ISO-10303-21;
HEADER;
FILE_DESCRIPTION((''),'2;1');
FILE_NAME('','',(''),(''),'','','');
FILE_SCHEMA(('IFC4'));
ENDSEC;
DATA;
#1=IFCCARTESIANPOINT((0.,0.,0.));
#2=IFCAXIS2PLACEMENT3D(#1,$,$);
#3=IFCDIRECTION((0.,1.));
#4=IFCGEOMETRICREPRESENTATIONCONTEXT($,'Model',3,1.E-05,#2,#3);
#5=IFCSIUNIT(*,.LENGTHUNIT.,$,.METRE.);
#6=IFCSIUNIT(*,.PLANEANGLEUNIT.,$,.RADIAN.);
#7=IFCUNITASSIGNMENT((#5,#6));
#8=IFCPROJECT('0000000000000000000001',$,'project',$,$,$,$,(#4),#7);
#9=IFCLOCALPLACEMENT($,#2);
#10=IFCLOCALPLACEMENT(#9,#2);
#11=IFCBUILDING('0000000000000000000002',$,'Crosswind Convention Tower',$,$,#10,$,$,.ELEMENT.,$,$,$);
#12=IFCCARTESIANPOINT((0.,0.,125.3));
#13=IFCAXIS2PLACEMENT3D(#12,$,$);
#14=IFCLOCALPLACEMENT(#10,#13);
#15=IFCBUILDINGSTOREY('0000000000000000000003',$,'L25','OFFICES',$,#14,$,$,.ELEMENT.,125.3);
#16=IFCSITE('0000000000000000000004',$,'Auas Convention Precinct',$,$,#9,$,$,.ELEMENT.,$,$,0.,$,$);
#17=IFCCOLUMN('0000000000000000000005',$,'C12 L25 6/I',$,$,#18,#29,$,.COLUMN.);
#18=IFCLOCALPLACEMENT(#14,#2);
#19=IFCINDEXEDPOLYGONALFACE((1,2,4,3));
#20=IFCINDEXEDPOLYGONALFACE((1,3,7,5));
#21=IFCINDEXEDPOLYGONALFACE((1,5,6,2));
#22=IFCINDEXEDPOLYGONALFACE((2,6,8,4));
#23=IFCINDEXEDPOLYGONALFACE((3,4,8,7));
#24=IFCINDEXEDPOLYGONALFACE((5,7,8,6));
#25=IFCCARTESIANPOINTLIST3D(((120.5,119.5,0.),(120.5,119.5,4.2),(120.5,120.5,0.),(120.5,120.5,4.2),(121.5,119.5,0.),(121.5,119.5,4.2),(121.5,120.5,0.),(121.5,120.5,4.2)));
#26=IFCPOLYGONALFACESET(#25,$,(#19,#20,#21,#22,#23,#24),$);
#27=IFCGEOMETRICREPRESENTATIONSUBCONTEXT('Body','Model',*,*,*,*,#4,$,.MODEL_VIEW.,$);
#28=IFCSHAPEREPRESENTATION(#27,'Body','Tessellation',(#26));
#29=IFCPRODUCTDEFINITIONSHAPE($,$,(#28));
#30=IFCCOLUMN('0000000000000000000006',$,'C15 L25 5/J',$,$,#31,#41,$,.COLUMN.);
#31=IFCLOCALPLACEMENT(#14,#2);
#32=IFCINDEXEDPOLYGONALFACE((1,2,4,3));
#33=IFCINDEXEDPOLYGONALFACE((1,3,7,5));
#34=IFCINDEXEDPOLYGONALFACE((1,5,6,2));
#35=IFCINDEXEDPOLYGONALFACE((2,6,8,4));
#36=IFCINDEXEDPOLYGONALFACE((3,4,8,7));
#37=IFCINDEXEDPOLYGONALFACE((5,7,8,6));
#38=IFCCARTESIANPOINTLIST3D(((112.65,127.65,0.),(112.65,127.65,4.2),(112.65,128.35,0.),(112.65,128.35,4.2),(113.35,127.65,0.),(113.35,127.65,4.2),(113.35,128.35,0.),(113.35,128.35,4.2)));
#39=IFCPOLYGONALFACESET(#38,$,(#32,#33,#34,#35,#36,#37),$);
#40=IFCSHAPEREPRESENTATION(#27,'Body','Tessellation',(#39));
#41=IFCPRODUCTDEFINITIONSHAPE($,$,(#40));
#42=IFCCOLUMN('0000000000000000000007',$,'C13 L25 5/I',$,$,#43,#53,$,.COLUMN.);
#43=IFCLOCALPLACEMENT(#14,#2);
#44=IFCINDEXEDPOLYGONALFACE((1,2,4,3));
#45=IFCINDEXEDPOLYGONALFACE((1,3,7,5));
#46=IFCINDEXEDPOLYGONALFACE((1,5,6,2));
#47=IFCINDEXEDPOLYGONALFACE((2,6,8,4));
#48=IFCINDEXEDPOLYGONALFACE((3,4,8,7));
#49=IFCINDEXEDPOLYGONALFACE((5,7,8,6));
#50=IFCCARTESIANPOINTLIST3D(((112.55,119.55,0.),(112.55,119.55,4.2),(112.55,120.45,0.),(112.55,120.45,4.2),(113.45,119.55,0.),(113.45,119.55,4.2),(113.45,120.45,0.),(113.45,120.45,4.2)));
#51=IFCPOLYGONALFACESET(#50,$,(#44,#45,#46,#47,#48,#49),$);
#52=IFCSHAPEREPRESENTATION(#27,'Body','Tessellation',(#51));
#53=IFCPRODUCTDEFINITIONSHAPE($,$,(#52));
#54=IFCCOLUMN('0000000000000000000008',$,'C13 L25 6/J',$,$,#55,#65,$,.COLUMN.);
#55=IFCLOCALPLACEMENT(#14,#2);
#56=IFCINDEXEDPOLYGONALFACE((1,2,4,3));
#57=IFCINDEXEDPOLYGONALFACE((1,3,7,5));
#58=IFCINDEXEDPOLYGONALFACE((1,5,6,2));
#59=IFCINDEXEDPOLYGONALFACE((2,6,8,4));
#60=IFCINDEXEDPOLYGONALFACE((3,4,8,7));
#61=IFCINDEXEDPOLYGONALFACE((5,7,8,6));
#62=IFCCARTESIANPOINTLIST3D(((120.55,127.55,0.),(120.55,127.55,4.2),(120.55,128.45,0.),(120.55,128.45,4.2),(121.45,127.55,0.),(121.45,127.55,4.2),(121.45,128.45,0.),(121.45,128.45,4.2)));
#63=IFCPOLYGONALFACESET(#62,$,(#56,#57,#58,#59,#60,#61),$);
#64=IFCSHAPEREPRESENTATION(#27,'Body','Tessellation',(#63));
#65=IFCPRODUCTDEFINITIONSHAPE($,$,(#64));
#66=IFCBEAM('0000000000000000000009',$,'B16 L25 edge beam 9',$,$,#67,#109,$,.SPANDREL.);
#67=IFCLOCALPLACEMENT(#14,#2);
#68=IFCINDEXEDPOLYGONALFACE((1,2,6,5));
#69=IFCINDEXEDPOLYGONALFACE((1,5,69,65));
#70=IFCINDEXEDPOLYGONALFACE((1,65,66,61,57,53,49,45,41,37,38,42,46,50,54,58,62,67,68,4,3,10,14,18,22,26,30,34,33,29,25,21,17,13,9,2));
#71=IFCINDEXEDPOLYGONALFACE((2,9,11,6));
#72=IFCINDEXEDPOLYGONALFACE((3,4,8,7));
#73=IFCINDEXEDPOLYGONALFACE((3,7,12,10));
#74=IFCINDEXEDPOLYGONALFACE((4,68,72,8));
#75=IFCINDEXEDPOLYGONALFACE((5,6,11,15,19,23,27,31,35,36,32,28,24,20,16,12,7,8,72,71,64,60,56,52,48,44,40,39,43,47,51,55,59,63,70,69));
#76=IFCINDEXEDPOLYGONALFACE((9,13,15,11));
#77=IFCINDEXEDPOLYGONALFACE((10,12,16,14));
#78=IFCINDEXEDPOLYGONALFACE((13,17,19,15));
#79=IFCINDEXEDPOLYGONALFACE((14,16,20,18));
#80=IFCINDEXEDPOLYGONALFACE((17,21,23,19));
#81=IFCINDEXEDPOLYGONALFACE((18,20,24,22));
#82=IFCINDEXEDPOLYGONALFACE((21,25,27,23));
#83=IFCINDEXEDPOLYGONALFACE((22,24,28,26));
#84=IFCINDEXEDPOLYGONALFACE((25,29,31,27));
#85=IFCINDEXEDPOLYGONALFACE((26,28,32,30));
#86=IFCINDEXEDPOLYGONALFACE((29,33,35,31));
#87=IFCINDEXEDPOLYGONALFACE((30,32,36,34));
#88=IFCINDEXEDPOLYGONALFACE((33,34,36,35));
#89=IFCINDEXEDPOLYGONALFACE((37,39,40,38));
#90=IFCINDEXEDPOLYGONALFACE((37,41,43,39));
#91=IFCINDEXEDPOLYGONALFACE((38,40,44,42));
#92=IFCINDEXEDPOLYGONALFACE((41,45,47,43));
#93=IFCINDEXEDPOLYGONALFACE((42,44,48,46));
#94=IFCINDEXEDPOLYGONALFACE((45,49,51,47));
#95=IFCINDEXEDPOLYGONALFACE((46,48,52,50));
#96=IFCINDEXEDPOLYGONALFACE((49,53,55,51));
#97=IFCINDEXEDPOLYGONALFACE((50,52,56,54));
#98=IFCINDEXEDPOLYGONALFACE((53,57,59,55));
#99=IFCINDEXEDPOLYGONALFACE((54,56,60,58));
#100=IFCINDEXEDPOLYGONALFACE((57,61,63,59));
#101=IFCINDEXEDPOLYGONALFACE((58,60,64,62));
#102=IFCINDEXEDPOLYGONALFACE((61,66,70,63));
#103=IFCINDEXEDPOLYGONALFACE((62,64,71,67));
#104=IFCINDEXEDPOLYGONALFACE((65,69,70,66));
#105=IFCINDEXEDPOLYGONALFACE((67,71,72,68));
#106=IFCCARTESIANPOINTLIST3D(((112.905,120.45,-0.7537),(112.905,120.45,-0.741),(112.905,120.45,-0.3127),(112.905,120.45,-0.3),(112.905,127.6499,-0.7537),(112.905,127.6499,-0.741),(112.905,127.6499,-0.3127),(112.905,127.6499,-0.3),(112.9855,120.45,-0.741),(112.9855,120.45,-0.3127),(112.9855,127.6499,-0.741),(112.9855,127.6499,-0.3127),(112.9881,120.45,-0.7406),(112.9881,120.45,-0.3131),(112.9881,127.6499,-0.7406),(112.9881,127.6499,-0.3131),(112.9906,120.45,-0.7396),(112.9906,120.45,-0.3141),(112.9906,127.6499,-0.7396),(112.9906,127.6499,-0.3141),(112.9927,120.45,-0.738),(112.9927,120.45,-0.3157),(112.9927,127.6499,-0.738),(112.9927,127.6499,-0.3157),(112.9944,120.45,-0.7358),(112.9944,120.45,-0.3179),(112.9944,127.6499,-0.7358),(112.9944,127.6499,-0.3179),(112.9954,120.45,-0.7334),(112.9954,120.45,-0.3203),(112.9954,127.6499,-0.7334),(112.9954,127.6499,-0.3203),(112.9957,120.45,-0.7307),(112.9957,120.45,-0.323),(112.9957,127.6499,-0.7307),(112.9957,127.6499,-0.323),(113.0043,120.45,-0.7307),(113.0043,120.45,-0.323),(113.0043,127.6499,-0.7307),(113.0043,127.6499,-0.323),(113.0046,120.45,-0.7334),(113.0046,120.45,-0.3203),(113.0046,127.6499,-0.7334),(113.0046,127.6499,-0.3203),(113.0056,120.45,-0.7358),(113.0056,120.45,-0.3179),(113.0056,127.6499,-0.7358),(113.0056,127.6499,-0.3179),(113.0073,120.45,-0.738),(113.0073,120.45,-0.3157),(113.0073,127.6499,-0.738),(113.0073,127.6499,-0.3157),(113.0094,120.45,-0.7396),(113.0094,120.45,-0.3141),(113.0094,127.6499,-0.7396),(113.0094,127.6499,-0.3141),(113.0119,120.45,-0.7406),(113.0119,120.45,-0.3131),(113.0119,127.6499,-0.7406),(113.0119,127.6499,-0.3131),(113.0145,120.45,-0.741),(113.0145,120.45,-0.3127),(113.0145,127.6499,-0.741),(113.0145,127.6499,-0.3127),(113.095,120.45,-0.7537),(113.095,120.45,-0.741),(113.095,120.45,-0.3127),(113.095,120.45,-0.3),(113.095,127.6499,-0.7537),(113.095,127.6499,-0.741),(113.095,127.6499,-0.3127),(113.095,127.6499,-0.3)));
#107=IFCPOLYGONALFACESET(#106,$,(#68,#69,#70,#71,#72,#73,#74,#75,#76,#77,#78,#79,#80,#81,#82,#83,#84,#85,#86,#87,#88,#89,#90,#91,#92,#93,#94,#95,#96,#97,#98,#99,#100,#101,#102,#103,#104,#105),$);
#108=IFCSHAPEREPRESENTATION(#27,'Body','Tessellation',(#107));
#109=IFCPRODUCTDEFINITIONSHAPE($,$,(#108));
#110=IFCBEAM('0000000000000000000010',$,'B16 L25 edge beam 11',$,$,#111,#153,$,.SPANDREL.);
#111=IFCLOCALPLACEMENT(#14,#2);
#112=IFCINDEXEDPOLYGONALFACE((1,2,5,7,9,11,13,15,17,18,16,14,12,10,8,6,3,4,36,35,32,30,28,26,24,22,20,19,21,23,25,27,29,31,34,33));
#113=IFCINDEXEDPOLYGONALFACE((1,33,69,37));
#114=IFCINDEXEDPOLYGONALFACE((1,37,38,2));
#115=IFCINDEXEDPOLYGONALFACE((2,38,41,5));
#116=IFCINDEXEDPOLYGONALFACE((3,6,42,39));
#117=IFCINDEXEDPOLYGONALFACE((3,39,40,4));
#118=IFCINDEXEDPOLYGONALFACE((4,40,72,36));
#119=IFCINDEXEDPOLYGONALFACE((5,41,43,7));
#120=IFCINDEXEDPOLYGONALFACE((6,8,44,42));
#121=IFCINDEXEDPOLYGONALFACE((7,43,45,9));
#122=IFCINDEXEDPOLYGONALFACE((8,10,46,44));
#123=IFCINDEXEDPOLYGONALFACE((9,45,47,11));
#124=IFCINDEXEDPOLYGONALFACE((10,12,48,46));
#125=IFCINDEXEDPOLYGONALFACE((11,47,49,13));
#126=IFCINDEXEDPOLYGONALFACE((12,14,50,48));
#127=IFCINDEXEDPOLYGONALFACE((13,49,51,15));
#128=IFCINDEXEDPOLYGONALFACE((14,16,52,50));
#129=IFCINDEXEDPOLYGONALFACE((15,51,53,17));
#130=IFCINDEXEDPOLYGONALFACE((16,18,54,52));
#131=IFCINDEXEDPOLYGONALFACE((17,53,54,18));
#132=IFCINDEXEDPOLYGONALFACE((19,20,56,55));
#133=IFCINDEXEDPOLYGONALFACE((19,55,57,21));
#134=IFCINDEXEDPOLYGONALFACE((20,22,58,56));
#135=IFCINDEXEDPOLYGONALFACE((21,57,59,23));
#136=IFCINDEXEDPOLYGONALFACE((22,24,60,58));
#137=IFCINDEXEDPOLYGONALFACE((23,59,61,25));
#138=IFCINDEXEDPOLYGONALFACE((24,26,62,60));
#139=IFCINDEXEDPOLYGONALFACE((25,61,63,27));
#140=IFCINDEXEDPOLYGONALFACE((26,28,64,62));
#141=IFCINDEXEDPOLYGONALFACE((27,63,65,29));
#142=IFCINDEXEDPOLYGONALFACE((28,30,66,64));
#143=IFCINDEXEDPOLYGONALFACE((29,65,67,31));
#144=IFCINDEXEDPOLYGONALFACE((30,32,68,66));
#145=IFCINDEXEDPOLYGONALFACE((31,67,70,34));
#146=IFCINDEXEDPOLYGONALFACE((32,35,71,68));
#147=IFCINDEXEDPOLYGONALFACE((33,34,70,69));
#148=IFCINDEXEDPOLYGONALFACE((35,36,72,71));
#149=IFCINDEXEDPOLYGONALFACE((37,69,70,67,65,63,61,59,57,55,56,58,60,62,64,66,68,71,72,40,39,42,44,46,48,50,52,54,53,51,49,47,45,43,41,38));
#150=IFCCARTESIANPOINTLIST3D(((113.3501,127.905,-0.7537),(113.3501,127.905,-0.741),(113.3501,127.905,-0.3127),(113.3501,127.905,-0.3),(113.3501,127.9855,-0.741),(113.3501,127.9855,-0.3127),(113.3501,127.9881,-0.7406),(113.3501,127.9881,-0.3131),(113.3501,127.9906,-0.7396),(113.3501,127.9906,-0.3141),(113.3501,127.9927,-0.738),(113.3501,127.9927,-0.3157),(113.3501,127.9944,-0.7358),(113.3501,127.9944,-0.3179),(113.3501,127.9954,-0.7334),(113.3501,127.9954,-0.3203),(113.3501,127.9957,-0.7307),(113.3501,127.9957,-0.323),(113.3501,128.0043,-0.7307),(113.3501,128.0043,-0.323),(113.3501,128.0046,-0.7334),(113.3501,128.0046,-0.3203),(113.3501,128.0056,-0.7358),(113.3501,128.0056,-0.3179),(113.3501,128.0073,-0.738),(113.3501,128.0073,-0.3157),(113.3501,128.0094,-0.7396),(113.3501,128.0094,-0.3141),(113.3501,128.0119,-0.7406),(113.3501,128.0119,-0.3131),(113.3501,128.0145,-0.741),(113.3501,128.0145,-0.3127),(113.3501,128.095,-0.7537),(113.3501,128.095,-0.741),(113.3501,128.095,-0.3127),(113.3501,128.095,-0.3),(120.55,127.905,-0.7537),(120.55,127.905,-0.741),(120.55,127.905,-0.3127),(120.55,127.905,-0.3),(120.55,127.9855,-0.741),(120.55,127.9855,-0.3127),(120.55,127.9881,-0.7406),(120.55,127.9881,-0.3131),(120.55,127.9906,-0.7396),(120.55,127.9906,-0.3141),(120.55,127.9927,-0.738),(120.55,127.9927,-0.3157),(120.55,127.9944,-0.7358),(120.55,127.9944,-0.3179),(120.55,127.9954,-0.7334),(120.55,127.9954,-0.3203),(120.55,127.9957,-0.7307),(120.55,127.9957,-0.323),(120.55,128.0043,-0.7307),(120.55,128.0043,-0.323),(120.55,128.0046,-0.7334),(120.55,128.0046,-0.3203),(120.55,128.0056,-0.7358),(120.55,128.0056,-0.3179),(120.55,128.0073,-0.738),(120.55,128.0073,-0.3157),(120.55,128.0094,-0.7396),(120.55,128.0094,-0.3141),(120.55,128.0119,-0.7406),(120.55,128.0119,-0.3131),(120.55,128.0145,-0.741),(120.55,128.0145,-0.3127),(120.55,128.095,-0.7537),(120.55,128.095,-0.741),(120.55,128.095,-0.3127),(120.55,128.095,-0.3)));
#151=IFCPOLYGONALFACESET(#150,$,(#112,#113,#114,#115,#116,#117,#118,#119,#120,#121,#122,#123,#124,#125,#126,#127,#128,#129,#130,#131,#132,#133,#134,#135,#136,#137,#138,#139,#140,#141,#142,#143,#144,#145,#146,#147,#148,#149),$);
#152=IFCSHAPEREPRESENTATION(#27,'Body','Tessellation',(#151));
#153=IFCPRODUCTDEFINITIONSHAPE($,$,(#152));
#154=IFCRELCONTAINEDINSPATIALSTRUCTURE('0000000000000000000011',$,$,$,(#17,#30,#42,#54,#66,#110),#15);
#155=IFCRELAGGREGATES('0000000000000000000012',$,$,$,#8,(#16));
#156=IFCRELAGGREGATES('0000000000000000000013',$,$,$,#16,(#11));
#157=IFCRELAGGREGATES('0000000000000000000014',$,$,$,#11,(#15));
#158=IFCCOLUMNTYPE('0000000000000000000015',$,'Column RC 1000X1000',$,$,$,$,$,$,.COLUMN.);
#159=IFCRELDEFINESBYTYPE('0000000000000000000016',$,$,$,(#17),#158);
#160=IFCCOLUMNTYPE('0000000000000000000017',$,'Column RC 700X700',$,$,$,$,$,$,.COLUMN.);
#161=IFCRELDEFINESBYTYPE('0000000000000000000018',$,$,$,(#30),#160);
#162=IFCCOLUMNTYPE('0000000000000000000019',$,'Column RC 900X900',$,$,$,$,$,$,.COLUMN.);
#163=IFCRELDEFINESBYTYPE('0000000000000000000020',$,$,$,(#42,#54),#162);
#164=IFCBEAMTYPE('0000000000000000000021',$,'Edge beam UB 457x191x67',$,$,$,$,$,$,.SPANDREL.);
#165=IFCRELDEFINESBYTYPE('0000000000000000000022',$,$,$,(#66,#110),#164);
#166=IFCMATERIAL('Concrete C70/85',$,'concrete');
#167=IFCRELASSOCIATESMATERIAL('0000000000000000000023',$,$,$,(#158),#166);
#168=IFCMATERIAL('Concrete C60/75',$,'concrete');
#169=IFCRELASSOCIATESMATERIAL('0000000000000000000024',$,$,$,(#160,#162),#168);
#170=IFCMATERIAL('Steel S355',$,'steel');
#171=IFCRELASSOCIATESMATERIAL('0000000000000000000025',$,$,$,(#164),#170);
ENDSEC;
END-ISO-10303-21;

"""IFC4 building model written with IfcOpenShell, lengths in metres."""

from ifc_helpers import new_model, si_unit, direction, frame, origin, origin_2d, place, context, subcontext, project, spatial, rectangle, i_section, extrude, material, material_profile, profile_set, type_object, element, save


model = new_model("IFC4")

# Units and contexts
model_context = context("Model", 3, precision=1e-05, world=origin(), true_north=direction((0.0, 1.0)))
body_context = subcontext(model_context, "Body", "Model", "MODEL_VIEW")
ifc_project = project(units=[si_unit("LENGTHUNIT", "METRE"), si_unit("PLANEANGLEUNIT", "RADIAN")], contexts=[model_context])

# Site, building, storey
site_placement = place(None, origin())
site = spatial("IfcSite", under=ifc_project, at=site_placement, Name="Auas Convention Precinct", CompositionType="ELEMENT", RefElevation=0.0)
building_placement = place(site_placement, origin())
building = spatial("IfcBuilding", under=site, at=building_placement, Name="Crosswind Convention Tower", CompositionType="ELEMENT")
storey_placement = place(building_placement, frame((0.0, 0.0, 125.3)))
storey = spatial("IfcBuildingStorey", under=building, at=storey_placement, Name="L25", Description="OFFICES", CompositionType="ELEMENT", Elevation=125.3)

# Columns
ifc_material_1 = material(Name="Concrete C70/85", Category="concrete")
ifc_material_profile_1 = material_profile(ifc_material_1, rectangle(XDim=1.0, YDim=1.0, at=origin_2d()), Name="RC 1000X1000")
ifc_profile_set_1 = profile_set([ifc_material_profile_1], Name="Concrete C70/85")
column_type_1 = type_object("IfcColumnType", Name="Column RC 1000X1000", PredefinedType="COLUMN", material=ifc_profile_set_1)
column_1_placement = place(storey_placement, frame((121.0, 120.0, 0.0), z_axis=(0.0, 0.0, 1.0), x_axis=(1.0, 0.0, 0.0)))
element("IfcColumn", 1, at=column_1_placement, inside=storey, type_object=column_type_1, Name="C12 L25 6/I", PredefinedType="COLUMN", context=body_context, shape_type="SweptSolid", body=[
    extrude(rectangle(XDim=1.0, YDim=1.0, at=origin_2d()), origin(), (0.0, 0.0, 1.0), 4.2),
])
ifc_material_2 = material(Name="Concrete C60/75", Category="concrete")
ifc_material_profile_2 = material_profile(ifc_material_2, rectangle(XDim=0.7, YDim=0.7, at=origin_2d()), Name="RC 700X700")
ifc_profile_set_2 = profile_set([ifc_material_profile_2], Name="Concrete C60/75")
column_type_2 = type_object("IfcColumnType", Name="Column RC 700X700", PredefinedType="COLUMN", material=ifc_profile_set_2)
column_2_placement = place(storey_placement, frame((113.0, 128.0, 0.0), z_axis=(0.0, 0.0, 1.0), x_axis=(1.0, 0.0, 0.0)))
element("IfcColumn", 2, at=column_2_placement, inside=storey, type_object=column_type_2, Name="C15 L25 5/J", PredefinedType="COLUMN", context=body_context, shape_type="SweptSolid", body=[
    extrude(rectangle(XDim=0.7, YDim=0.7, at=origin_2d()), origin(), (0.0, 0.0, 1.0), 4.2),
])
ifc_material_profile_3 = material_profile(ifc_material_2, rectangle(XDim=0.8999, YDim=0.8999, at=origin_2d()), Name="RC 900X900")
ifc_profile_set_3 = profile_set([ifc_material_profile_3], Name="Concrete C60/75")
column_type_3 = type_object("IfcColumnType", Name="Column RC 900X900", PredefinedType="COLUMN", material=ifc_profile_set_3)
for number, where, z_axis, x_axis, name in (
    (3, (113.0, 120.0, 0.0), (0.0, 0.0, 1.0), (1.0, 0.0, 0.0), "C13 L25 5/I"),
    (4, (121.0, 128.0, 0.0), (0.0, 0.0, 1.0), (1.0, 0.0, 0.0), "C13 L25 6/J"),
):
    element("IfcColumn", number, at=place(storey_placement, frame(where, z_axis=z_axis, x_axis=x_axis)), inside=storey, type_object=column_type_3, Name=name, PredefinedType="COLUMN", context=body_context, shape_type="SweptSolid", body=[
        extrude(rectangle(XDim=0.8999, YDim=0.8999, at=origin_2d()), origin(), (0.0, 0.0, 1.0), 4.2),
    ])

# Beams
ifc_material_3 = material(Name="Steel S355", Category="steel")
ifc_material_profile_4 = material_profile(ifc_material_3, i_section(OverallWidth=0.1899, OverallDepth=0.4536, WebThickness=0.0085, FlangeThickness=0.0127, FilletRadius=0.0103, at=origin_2d()), Name="UB 457x191x67")
ifc_profile_set_4 = profile_set([ifc_material_profile_4], Name="Steel S355")
beam_type_1 = type_object("IfcBeamType", Name="Edge beam UB 457x191x67", PredefinedType="SPANDREL", material=ifc_profile_set_4)
for number, where, z_axis, x_axis, name in (
    (5, (113.0, 120.45, -0.5269), (0.0, 1.0, 0.0), (-1.0, 0.0, 0.0), "B16 L25 edge beam 9"),
    (6, (113.3501, 128.0, -0.5269), (1.0, 0.0, 0.0), (0.0, 1.0, 0.0), "B16 L25 edge beam 11"),
):
    element("IfcBeam", number, at=place(storey_placement, frame(where, z_axis=z_axis, x_axis=x_axis)), inside=storey, type_object=beam_type_1, Name=name, PredefinedType="SPANDREL", context=body_context, shape_type="SweptSolid", body=[
        extrude(i_section(OverallWidth=0.1899, OverallDepth=0.4536, WebThickness=0.0085, FlangeThickness=0.0127, FilletRadius=0.0103, at=origin_2d()), origin(), (0.0, 0.0, 1.0), 7.2),
    ])

save(model, "model.ifc")
